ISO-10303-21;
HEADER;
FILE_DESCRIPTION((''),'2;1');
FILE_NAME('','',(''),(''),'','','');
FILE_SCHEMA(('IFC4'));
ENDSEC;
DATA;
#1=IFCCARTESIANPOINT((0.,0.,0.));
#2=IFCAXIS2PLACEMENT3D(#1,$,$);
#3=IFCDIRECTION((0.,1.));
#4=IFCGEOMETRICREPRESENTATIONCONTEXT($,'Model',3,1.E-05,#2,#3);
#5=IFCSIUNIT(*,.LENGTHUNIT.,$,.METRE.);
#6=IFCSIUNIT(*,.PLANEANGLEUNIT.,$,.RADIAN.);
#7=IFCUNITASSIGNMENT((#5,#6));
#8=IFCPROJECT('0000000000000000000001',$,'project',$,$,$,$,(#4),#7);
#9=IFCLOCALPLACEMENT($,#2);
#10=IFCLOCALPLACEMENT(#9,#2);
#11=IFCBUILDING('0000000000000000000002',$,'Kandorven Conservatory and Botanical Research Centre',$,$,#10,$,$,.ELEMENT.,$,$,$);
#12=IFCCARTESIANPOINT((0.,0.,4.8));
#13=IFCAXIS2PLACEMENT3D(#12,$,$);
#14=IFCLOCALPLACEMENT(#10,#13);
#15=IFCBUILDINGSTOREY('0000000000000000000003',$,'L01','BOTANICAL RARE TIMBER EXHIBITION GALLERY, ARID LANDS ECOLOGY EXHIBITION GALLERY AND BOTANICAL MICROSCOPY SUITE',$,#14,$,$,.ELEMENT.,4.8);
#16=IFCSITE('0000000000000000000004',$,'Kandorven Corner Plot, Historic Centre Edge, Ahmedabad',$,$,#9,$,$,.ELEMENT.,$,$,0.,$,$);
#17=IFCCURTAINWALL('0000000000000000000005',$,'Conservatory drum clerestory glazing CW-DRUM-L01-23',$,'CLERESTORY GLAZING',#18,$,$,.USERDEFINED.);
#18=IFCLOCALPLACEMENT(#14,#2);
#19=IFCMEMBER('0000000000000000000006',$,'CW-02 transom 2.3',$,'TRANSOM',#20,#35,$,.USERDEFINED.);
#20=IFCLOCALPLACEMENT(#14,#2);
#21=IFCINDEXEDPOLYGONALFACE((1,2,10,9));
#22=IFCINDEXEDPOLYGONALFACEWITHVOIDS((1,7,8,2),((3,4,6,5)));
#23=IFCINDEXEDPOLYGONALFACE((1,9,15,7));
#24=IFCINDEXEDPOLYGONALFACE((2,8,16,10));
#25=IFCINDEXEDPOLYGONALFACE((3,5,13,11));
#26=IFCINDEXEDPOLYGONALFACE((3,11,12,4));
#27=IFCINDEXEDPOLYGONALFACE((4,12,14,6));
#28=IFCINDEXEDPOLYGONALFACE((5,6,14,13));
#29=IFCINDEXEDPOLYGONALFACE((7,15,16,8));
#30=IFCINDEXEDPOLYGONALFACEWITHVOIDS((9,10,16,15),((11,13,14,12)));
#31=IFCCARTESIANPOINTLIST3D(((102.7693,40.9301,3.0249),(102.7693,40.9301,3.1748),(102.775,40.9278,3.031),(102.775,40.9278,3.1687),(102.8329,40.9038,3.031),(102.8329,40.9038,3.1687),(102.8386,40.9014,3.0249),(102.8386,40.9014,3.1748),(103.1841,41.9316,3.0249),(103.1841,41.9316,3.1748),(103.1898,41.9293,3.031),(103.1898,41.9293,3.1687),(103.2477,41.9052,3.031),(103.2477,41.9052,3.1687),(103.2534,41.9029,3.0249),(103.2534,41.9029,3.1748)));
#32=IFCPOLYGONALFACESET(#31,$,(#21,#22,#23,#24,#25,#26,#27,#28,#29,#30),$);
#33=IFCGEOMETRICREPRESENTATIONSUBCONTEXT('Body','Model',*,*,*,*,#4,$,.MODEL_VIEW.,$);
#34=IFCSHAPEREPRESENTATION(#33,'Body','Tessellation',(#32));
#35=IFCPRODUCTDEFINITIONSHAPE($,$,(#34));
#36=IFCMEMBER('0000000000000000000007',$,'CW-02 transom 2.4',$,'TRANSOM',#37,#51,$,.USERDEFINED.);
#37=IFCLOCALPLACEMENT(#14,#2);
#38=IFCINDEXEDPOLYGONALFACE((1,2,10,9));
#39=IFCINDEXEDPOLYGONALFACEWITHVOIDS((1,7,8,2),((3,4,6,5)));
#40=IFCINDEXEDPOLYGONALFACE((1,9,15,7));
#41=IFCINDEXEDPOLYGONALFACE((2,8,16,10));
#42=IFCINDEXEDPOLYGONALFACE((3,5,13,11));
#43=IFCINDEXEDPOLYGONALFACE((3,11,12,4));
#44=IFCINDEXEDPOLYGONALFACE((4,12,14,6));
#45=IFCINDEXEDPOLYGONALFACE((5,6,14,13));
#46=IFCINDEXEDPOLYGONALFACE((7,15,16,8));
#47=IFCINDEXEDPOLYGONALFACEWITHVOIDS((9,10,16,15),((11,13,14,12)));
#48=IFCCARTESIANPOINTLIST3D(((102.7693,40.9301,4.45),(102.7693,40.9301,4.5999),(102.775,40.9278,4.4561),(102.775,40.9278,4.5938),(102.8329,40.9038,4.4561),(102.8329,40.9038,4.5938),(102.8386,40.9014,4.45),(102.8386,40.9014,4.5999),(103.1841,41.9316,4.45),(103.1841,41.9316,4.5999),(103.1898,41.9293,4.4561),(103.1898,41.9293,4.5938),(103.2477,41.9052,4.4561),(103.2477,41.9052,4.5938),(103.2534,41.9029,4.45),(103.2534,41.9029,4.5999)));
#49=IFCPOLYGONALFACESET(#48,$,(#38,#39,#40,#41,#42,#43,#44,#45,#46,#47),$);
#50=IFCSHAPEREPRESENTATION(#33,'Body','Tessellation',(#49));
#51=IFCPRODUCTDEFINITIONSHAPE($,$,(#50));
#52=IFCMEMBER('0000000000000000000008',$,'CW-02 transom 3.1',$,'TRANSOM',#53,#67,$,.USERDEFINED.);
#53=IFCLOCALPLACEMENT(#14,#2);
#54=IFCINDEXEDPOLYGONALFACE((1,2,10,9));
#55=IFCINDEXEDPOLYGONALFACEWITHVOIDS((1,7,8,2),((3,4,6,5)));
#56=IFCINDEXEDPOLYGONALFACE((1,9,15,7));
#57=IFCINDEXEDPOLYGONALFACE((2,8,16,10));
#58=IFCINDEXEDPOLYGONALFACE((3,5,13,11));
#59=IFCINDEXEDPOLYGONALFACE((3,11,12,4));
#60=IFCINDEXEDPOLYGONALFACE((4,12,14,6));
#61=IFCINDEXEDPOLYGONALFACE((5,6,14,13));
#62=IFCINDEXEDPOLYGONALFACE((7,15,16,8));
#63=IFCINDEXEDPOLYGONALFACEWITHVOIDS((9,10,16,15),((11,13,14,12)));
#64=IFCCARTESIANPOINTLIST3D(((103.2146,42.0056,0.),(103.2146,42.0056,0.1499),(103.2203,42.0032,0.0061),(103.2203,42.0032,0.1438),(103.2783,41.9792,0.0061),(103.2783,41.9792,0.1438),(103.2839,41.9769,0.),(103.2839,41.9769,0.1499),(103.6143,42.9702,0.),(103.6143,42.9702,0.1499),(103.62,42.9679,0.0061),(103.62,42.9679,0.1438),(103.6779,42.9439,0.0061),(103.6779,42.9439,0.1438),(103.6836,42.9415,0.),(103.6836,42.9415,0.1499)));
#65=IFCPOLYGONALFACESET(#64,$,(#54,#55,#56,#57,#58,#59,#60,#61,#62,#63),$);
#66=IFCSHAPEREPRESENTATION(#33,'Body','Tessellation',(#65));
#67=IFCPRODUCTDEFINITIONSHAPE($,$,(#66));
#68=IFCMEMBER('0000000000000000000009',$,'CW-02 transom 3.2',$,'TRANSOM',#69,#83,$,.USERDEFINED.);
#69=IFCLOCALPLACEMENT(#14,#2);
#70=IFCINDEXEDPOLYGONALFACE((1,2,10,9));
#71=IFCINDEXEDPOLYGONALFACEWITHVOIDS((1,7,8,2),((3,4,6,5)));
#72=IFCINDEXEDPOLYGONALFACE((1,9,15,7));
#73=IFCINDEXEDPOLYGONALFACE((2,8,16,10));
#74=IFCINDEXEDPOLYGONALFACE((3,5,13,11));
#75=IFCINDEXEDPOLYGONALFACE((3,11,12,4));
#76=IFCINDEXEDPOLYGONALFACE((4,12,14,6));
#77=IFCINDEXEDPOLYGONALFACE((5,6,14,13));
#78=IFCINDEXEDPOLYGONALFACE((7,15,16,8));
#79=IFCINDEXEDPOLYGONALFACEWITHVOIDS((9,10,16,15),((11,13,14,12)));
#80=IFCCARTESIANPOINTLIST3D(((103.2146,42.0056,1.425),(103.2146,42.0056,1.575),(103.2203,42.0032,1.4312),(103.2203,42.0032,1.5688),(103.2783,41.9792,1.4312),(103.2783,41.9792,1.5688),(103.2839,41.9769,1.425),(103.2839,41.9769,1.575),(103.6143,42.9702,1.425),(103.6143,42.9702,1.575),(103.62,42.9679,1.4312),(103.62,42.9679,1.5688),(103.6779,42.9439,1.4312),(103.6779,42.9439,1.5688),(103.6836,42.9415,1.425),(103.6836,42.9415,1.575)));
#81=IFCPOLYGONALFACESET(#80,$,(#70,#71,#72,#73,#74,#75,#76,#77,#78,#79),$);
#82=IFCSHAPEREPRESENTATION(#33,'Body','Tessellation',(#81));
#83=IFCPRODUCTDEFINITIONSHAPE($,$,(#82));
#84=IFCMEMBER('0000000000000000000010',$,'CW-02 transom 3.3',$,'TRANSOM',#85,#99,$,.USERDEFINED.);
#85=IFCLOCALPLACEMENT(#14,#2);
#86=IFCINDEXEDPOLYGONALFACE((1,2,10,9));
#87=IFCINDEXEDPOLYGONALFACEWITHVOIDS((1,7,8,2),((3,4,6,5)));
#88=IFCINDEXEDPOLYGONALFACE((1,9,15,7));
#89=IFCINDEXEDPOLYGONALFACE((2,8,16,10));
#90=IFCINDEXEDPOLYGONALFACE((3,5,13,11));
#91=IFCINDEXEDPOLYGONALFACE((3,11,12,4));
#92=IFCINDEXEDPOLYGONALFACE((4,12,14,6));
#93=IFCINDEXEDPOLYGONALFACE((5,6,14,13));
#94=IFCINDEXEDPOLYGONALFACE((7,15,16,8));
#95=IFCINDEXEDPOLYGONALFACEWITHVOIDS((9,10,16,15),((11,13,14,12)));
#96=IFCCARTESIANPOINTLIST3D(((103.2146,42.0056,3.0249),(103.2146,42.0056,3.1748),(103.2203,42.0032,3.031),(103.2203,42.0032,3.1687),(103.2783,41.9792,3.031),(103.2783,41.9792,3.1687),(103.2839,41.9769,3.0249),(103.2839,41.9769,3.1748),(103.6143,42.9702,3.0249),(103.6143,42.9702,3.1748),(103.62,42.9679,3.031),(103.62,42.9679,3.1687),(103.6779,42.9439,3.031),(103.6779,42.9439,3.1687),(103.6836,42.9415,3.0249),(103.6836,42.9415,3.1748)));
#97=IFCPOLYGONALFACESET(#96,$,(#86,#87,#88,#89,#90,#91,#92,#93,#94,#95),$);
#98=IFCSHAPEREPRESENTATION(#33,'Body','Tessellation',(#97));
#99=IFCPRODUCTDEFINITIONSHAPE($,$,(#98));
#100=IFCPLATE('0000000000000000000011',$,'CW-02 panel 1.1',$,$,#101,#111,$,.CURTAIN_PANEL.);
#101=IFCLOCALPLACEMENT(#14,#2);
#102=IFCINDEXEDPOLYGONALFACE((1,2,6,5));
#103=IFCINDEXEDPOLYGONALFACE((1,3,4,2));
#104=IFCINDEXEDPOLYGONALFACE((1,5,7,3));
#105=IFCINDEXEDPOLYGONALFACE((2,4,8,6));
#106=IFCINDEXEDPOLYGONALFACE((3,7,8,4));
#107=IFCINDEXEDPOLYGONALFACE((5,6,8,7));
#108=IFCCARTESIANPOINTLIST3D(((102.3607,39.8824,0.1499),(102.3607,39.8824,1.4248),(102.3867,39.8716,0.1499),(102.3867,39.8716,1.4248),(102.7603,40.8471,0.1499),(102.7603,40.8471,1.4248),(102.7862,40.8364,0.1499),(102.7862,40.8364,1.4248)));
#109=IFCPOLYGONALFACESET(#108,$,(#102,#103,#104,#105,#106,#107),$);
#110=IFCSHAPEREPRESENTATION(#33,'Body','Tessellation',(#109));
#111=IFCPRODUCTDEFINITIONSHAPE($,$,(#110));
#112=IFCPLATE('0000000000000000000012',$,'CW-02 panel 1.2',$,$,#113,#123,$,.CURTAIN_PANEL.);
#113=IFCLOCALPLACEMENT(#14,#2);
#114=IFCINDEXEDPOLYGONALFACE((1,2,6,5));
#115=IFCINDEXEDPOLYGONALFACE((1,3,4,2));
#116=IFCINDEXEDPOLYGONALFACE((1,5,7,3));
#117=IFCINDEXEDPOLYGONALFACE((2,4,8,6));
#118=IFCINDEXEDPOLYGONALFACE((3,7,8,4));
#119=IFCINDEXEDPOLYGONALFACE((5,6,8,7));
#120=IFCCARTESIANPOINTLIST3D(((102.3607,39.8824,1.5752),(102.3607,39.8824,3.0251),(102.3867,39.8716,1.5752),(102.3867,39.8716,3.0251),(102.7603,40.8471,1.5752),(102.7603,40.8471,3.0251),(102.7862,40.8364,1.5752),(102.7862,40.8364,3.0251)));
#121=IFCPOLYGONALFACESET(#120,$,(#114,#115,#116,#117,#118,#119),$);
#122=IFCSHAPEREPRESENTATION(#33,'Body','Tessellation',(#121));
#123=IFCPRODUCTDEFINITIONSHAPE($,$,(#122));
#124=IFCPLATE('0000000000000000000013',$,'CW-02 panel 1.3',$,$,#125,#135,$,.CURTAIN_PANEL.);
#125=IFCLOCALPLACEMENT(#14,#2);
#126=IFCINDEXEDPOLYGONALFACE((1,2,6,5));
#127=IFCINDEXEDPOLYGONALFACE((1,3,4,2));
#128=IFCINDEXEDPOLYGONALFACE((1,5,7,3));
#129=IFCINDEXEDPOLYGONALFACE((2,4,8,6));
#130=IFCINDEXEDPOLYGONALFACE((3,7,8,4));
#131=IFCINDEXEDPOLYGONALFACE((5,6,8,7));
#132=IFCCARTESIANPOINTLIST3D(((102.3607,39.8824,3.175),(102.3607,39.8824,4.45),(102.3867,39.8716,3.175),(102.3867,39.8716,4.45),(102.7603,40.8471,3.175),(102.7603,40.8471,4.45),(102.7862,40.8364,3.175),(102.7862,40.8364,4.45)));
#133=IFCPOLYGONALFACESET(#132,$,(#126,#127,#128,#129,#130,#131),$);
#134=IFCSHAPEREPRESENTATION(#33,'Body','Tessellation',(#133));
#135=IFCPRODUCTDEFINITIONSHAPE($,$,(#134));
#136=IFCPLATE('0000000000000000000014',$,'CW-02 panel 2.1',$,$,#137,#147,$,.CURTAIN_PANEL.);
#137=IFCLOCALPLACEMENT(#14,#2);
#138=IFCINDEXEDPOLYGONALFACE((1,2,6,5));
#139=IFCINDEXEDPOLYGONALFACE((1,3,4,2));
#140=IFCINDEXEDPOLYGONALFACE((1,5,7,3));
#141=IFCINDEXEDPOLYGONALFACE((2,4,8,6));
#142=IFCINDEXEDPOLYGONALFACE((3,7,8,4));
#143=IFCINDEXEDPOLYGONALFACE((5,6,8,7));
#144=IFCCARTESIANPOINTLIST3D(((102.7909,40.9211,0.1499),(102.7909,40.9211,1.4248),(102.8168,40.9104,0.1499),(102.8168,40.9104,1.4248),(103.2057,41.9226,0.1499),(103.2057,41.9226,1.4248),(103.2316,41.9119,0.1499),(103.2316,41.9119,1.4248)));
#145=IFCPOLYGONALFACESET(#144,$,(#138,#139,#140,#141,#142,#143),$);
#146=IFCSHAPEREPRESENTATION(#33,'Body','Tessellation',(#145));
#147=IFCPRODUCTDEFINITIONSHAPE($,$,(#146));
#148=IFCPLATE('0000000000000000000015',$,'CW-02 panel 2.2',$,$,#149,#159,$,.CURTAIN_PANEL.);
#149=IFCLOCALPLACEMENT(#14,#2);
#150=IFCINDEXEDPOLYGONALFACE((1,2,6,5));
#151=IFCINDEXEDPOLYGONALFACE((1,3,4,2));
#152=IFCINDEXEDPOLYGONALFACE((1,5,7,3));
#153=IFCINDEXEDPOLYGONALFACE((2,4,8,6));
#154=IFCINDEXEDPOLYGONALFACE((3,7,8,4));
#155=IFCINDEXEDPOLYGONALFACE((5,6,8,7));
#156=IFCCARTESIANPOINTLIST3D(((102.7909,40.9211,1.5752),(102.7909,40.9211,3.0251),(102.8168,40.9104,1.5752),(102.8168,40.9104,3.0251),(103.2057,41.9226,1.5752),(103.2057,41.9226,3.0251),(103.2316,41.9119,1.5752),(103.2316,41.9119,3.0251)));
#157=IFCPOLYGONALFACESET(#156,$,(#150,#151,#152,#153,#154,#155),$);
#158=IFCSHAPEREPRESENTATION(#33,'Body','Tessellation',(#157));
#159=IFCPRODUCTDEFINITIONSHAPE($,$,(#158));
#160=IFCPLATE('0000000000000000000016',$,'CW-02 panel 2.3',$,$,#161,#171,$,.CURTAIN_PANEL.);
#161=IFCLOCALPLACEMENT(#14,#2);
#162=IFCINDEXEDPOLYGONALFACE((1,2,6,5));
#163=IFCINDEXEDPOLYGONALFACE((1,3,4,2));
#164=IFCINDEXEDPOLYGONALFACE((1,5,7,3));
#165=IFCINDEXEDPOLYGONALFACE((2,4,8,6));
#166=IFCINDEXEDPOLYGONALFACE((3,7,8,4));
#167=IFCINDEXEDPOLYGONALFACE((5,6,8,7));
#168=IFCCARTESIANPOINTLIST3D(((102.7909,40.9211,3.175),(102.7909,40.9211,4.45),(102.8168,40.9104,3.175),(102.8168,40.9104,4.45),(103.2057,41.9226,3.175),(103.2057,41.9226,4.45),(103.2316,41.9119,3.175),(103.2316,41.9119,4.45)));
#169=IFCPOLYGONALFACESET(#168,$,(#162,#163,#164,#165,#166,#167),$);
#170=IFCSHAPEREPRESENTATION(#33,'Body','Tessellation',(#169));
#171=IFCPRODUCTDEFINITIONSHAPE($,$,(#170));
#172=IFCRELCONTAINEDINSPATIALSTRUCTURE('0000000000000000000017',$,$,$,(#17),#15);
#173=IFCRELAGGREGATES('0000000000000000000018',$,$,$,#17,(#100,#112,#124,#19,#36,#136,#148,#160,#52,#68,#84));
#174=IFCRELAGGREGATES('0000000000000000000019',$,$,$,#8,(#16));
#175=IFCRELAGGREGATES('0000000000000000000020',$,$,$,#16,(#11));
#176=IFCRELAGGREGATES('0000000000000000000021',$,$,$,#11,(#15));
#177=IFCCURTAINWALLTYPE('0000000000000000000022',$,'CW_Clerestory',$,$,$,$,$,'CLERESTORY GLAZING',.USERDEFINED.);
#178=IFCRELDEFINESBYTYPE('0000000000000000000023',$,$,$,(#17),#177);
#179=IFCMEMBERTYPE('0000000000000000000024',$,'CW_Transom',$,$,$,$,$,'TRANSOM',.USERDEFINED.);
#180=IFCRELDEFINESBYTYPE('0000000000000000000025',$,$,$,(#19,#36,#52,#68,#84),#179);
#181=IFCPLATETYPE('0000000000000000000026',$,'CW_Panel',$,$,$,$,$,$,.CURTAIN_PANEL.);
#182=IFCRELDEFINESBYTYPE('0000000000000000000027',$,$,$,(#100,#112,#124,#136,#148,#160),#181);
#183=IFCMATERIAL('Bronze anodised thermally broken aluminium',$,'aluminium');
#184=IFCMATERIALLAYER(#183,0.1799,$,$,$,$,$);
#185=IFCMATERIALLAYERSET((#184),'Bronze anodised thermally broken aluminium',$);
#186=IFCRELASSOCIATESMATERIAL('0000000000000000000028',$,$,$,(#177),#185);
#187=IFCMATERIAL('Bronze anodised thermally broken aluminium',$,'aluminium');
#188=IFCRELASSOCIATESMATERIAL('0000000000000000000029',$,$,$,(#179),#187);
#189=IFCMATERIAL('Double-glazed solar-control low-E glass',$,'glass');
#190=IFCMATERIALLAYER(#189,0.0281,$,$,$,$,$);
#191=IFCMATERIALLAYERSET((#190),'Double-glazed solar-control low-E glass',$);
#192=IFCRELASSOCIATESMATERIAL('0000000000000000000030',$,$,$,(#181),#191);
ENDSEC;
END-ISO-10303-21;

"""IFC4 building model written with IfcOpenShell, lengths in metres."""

from ifc_helpers import new_model, si_unit, direction, frame, origin, origin_2d, place, context, subcontext, project, spatial, rectangle, hollow_rectangle, extrude, material, layer, layer_set, material_profile, profile_set, type_object, element, aggregate, save


model = new_model("IFC4")

# Units and contexts
model_context = context("Model", 3, precision=1e-05, world=origin(), true_north=direction((0.0, 1.0)))
body_context = subcontext(model_context, "Body", "Model", "MODEL_VIEW")
ifc_project = project(units=[si_unit("LENGTHUNIT", "METRE"), si_unit("PLANEANGLEUNIT", "RADIAN")], contexts=[model_context])

# Site, building, storey
site_placement = place(None, origin())
site = spatial("IfcSite", under=ifc_project, at=site_placement, Name="Kandorven Corner Plot, Historic Centre Edge, Ahmedabad", CompositionType="ELEMENT", RefElevation=0.0)
building_placement = place(site_placement, origin())
building = spatial("IfcBuilding", under=site, at=building_placement, Name="Kandorven Conservatory and Botanical Research Centre", CompositionType="ELEMENT")
storey_placement = place(building_placement, frame((0.0, 0.0, 4.8)))
storey = spatial("IfcBuildingStorey", under=building, at=storey_placement, Name="L01", Description="BOTANICAL RARE TIMBER EXHIBITION GALLERY, ARID LANDS ECOLOGY EXHIBITION GALLERY AND BOTANICAL MICROSCOPY SUITE", CompositionType="ELEMENT", Elevation=4.8)

# Shared definitions
ifc_material_1 = material(Name="Bronze anodised thermally broken aluminium", Category="aluminium")
ifc_layer_1 = layer(ifc_material_1, 0.1799)
ifc_layer_set_1 = layer_set([ifc_layer_1], Name="Bronze anodised thermally broken aluminium")
curtain_wall_type = type_object("IfcCurtainWallType", Name="CW_Clerestory", ElementType="CLERESTORY GLAZING", PredefinedType="USERDEFINED", material=ifc_layer_set_1)

# Curtain wall, members, plates
curtain_wall_1_placement = place(storey_placement, origin())
curtain_wall_1 = element("IfcCurtainWall", 1, at=curtain_wall_1_placement, inside=storey, type_object=curtain_wall_type, Name="Conservatory drum clerestory glazing CW-DRUM-L01-23", ObjectType="CLERESTORY GLAZING", PredefinedType="USERDEFINED")
ifc_material_2 = material(Name="Bronze anodised thermally broken aluminium", Category="aluminium")
ifc_material_profile_1 = material_profile(ifc_material_2, hollow_rectangle(XDim=0.075, YDim=0.1499, WallThickness=0.0061, at=origin_2d()))
ifc_profile_set_1 = profile_set([ifc_material_profile_1], Name="Bronze anodised thermally broken aluminium")
member_type_1 = type_object("IfcMemberType", Name="CW_Transom", ElementType="TRANSOM", PredefinedType="USERDEFINED", material=ifc_profile_set_1)
member_1_placement = place(storey_placement, frame((102.804, 40.9158, 3.0999), z_axis=(0.382663, 0.923888, 0.0), x_axis=(-0.923888, 0.382663, 0.0)))
member_1 = element("IfcMember", 2, at=member_1_placement, type_object=member_type_1, Name="CW-02 transom 2.3", ObjectType="TRANSOM", PredefinedType="USERDEFINED", context=body_context, shape_type="SweptSolid", body=[
    extrude(hollow_rectangle(XDim=0.075, YDim=0.1499, WallThickness=0.0061, at=origin_2d()), origin(), (0.0, 0.0, 1.0), 1.084),
])
member_2_placement = place(storey_placement, frame((102.804, 40.9158, 4.5249), z_axis=(0.382663, 0.923888, 0.0), x_axis=(-0.923888, 0.382663, 0.0)))
member_2 = element("IfcMember", 3, at=member_2_placement, type_object=member_type_1, Name="CW-02 transom 2.4", ObjectType="TRANSOM", PredefinedType="USERDEFINED", context=body_context, shape_type="SweptSolid", body=[
    extrude(hollow_rectangle(XDim=0.075, YDim=0.1499, WallThickness=0.0061, at=origin_2d()), origin(), (0.0, 0.0, 1.0), 1.084),
])
member_3_placement = place(storey_placement, frame((103.2493, 41.9912, 0.075), z_axis=(0.382772, 0.923843, 0.0), x_axis=(-0.923843, 0.382772, 0.0)))
member_3 = element("IfcMember", 4, at=member_3_placement, type_object=member_type_1, Name="CW-02 transom 3.1", ObjectType="TRANSOM", PredefinedType="USERDEFINED", context=body_context, shape_type="SweptSolid", body=[
    extrude(hollow_rectangle(XDim=0.075, YDim=0.1499, WallThickness=0.0061, at=origin_2d()), origin(), (0.0, 0.0, 1.0), 1.0442),
])
member_4_placement = place(storey_placement, frame((103.2493, 41.9912, 1.5), z_axis=(0.382772, 0.923843, 0.0), x_axis=(-0.923843, 0.382772, 0.0)))
member_4 = element("IfcMember", 5, at=member_4_placement, type_object=member_type_1, Name="CW-02 transom 3.2", ObjectType="TRANSOM", PredefinedType="USERDEFINED", context=body_context, shape_type="SweptSolid", body=[
    extrude(hollow_rectangle(XDim=0.075, YDim=0.1499, WallThickness=0.0061, at=origin_2d()), origin(), (0.0, 0.0, 1.0), 1.0442),
])
member_5_placement = place(storey_placement, frame((103.2493, 41.9912, 3.0999), z_axis=(0.382772, 0.923843, 0.0), x_axis=(-0.923843, 0.382772, 0.0)))
member_5 = element("IfcMember", 6, at=member_5_placement, type_object=member_type_1, Name="CW-02 transom 3.3", ObjectType="TRANSOM", PredefinedType="USERDEFINED", context=body_context, shape_type="SweptSolid", body=[
    extrude(hollow_rectangle(XDim=0.075, YDim=0.1499, WallThickness=0.0061, at=origin_2d()), origin(), (0.0, 0.0, 1.0), 1.0442),
])
ifc_material_3 = material(Name="Double-glazed solar-control low-E glass", Category="glass")
ifc_layer_2 = layer(ifc_material_3, 0.0281)
ifc_layer_set_2 = layer_set([ifc_layer_2], Name="Double-glazed solar-control low-E glass")
plate_type = type_object("IfcPlateType", Name="CW_Panel", PredefinedType="CURTAIN_PANEL", material=ifc_layer_set_2)
plate_1_placement = place(storey_placement, frame((102.5735, 40.3594, 0.1499), z_axis=(0.0, 0.0, 1.0), x_axis=(0.382669, 0.923886, 0.0)))
plate_1 = element("IfcPlate", 7, at=plate_1_placement, type_object=plate_type, Name="CW-02 panel 1.1", PredefinedType="CURTAIN_PANEL", context=body_context, shape_type="SweptSolid", body=[
    extrude(rectangle(XDim=1.0442, YDim=0.0281, at=origin_2d()), origin(), (0.0, 0.0, 1.0), 1.2749),
])
plate_2_placement = place(storey_placement, frame((102.5735, 40.3594, 1.5752), z_axis=(0.0, 0.0, 1.0), x_axis=(0.382669, 0.923886, 0.0)))
plate_2 = element("IfcPlate", 8, at=plate_2_placement, type_object=plate_type, Name="CW-02 panel 1.2", PredefinedType="CURTAIN_PANEL", context=body_context, shape_type="SweptSolid", body=[
    extrude(rectangle(XDim=1.0442, YDim=0.0281, at=origin_2d()), origin(), (0.0, 0.0, 1.0), 1.45),
])
plate_3_placement = place(storey_placement, frame((102.5735, 40.3594, 3.175), z_axis=(0.0, 0.0, 1.0), x_axis=(0.382669, 0.923886, 0.0)))
plate_3 = element("IfcPlate", 9, at=plate_3_placement, type_object=plate_type, Name="CW-02 panel 1.3", PredefinedType="CURTAIN_PANEL", context=body_context, shape_type="SweptSolid", body=[
    extrude(rectangle(XDim=1.0442, YDim=0.0281, at=origin_2d()), origin(), (0.0, 0.0, 1.0), 1.2749),
])
plate_4_placement = place(storey_placement, frame((103.0112, 41.4165, 0.1499), z_axis=(0.0, 0.0, 1.0), x_axis=(0.382669, 0.923886, 0.0)))
plate_4 = element("IfcPlate", 10, at=plate_4_placement, type_object=plate_type, Name="CW-02 panel 2.1", PredefinedType="CURTAIN_PANEL", context=body_context, shape_type="SweptSolid", body=[
    extrude(rectangle(XDim=1.084, YDim=0.0281, at=origin_2d()), origin(), (0.0, 0.0, 1.0), 1.2749),
])
plate_5_placement = place(storey_placement, frame((103.0112, 41.4165, 1.5752), z_axis=(0.0, 0.0, 1.0), x_axis=(0.382669, 0.923886, 0.0)))
plate_5 = element("IfcPlate", 11, at=plate_5_placement, type_object=plate_type, Name="CW-02 panel 2.2", PredefinedType="CURTAIN_PANEL", context=body_context, shape_type="SweptSolid", body=[
    extrude(rectangle(XDim=1.084, YDim=0.0281, at=origin_2d()), origin(), (0.0, 0.0, 1.0), 1.45),
])
plate_6_placement = place(storey_placement, frame((103.0112, 41.4165, 3.175), z_axis=(0.0, 0.0, 1.0), x_axis=(0.382669, 0.923886, 0.0)))
plate_6 = element("IfcPlate", 12, at=plate_6_placement, type_object=plate_type, Name="CW-02 panel 2.3", PredefinedType="CURTAIN_PANEL", context=body_context, shape_type="SweptSolid", body=[
    extrude(rectangle(XDim=1.084, YDim=0.0281, at=origin_2d()), origin(), (0.0, 0.0, 1.0), 1.2749),
])
aggregate(curtain_wall_1, [plate_1, plate_2, plate_3, member_1, member_2, plate_4, plate_5, plate_6, member_3, member_4, member_5])

save(model, "model.ifc")
